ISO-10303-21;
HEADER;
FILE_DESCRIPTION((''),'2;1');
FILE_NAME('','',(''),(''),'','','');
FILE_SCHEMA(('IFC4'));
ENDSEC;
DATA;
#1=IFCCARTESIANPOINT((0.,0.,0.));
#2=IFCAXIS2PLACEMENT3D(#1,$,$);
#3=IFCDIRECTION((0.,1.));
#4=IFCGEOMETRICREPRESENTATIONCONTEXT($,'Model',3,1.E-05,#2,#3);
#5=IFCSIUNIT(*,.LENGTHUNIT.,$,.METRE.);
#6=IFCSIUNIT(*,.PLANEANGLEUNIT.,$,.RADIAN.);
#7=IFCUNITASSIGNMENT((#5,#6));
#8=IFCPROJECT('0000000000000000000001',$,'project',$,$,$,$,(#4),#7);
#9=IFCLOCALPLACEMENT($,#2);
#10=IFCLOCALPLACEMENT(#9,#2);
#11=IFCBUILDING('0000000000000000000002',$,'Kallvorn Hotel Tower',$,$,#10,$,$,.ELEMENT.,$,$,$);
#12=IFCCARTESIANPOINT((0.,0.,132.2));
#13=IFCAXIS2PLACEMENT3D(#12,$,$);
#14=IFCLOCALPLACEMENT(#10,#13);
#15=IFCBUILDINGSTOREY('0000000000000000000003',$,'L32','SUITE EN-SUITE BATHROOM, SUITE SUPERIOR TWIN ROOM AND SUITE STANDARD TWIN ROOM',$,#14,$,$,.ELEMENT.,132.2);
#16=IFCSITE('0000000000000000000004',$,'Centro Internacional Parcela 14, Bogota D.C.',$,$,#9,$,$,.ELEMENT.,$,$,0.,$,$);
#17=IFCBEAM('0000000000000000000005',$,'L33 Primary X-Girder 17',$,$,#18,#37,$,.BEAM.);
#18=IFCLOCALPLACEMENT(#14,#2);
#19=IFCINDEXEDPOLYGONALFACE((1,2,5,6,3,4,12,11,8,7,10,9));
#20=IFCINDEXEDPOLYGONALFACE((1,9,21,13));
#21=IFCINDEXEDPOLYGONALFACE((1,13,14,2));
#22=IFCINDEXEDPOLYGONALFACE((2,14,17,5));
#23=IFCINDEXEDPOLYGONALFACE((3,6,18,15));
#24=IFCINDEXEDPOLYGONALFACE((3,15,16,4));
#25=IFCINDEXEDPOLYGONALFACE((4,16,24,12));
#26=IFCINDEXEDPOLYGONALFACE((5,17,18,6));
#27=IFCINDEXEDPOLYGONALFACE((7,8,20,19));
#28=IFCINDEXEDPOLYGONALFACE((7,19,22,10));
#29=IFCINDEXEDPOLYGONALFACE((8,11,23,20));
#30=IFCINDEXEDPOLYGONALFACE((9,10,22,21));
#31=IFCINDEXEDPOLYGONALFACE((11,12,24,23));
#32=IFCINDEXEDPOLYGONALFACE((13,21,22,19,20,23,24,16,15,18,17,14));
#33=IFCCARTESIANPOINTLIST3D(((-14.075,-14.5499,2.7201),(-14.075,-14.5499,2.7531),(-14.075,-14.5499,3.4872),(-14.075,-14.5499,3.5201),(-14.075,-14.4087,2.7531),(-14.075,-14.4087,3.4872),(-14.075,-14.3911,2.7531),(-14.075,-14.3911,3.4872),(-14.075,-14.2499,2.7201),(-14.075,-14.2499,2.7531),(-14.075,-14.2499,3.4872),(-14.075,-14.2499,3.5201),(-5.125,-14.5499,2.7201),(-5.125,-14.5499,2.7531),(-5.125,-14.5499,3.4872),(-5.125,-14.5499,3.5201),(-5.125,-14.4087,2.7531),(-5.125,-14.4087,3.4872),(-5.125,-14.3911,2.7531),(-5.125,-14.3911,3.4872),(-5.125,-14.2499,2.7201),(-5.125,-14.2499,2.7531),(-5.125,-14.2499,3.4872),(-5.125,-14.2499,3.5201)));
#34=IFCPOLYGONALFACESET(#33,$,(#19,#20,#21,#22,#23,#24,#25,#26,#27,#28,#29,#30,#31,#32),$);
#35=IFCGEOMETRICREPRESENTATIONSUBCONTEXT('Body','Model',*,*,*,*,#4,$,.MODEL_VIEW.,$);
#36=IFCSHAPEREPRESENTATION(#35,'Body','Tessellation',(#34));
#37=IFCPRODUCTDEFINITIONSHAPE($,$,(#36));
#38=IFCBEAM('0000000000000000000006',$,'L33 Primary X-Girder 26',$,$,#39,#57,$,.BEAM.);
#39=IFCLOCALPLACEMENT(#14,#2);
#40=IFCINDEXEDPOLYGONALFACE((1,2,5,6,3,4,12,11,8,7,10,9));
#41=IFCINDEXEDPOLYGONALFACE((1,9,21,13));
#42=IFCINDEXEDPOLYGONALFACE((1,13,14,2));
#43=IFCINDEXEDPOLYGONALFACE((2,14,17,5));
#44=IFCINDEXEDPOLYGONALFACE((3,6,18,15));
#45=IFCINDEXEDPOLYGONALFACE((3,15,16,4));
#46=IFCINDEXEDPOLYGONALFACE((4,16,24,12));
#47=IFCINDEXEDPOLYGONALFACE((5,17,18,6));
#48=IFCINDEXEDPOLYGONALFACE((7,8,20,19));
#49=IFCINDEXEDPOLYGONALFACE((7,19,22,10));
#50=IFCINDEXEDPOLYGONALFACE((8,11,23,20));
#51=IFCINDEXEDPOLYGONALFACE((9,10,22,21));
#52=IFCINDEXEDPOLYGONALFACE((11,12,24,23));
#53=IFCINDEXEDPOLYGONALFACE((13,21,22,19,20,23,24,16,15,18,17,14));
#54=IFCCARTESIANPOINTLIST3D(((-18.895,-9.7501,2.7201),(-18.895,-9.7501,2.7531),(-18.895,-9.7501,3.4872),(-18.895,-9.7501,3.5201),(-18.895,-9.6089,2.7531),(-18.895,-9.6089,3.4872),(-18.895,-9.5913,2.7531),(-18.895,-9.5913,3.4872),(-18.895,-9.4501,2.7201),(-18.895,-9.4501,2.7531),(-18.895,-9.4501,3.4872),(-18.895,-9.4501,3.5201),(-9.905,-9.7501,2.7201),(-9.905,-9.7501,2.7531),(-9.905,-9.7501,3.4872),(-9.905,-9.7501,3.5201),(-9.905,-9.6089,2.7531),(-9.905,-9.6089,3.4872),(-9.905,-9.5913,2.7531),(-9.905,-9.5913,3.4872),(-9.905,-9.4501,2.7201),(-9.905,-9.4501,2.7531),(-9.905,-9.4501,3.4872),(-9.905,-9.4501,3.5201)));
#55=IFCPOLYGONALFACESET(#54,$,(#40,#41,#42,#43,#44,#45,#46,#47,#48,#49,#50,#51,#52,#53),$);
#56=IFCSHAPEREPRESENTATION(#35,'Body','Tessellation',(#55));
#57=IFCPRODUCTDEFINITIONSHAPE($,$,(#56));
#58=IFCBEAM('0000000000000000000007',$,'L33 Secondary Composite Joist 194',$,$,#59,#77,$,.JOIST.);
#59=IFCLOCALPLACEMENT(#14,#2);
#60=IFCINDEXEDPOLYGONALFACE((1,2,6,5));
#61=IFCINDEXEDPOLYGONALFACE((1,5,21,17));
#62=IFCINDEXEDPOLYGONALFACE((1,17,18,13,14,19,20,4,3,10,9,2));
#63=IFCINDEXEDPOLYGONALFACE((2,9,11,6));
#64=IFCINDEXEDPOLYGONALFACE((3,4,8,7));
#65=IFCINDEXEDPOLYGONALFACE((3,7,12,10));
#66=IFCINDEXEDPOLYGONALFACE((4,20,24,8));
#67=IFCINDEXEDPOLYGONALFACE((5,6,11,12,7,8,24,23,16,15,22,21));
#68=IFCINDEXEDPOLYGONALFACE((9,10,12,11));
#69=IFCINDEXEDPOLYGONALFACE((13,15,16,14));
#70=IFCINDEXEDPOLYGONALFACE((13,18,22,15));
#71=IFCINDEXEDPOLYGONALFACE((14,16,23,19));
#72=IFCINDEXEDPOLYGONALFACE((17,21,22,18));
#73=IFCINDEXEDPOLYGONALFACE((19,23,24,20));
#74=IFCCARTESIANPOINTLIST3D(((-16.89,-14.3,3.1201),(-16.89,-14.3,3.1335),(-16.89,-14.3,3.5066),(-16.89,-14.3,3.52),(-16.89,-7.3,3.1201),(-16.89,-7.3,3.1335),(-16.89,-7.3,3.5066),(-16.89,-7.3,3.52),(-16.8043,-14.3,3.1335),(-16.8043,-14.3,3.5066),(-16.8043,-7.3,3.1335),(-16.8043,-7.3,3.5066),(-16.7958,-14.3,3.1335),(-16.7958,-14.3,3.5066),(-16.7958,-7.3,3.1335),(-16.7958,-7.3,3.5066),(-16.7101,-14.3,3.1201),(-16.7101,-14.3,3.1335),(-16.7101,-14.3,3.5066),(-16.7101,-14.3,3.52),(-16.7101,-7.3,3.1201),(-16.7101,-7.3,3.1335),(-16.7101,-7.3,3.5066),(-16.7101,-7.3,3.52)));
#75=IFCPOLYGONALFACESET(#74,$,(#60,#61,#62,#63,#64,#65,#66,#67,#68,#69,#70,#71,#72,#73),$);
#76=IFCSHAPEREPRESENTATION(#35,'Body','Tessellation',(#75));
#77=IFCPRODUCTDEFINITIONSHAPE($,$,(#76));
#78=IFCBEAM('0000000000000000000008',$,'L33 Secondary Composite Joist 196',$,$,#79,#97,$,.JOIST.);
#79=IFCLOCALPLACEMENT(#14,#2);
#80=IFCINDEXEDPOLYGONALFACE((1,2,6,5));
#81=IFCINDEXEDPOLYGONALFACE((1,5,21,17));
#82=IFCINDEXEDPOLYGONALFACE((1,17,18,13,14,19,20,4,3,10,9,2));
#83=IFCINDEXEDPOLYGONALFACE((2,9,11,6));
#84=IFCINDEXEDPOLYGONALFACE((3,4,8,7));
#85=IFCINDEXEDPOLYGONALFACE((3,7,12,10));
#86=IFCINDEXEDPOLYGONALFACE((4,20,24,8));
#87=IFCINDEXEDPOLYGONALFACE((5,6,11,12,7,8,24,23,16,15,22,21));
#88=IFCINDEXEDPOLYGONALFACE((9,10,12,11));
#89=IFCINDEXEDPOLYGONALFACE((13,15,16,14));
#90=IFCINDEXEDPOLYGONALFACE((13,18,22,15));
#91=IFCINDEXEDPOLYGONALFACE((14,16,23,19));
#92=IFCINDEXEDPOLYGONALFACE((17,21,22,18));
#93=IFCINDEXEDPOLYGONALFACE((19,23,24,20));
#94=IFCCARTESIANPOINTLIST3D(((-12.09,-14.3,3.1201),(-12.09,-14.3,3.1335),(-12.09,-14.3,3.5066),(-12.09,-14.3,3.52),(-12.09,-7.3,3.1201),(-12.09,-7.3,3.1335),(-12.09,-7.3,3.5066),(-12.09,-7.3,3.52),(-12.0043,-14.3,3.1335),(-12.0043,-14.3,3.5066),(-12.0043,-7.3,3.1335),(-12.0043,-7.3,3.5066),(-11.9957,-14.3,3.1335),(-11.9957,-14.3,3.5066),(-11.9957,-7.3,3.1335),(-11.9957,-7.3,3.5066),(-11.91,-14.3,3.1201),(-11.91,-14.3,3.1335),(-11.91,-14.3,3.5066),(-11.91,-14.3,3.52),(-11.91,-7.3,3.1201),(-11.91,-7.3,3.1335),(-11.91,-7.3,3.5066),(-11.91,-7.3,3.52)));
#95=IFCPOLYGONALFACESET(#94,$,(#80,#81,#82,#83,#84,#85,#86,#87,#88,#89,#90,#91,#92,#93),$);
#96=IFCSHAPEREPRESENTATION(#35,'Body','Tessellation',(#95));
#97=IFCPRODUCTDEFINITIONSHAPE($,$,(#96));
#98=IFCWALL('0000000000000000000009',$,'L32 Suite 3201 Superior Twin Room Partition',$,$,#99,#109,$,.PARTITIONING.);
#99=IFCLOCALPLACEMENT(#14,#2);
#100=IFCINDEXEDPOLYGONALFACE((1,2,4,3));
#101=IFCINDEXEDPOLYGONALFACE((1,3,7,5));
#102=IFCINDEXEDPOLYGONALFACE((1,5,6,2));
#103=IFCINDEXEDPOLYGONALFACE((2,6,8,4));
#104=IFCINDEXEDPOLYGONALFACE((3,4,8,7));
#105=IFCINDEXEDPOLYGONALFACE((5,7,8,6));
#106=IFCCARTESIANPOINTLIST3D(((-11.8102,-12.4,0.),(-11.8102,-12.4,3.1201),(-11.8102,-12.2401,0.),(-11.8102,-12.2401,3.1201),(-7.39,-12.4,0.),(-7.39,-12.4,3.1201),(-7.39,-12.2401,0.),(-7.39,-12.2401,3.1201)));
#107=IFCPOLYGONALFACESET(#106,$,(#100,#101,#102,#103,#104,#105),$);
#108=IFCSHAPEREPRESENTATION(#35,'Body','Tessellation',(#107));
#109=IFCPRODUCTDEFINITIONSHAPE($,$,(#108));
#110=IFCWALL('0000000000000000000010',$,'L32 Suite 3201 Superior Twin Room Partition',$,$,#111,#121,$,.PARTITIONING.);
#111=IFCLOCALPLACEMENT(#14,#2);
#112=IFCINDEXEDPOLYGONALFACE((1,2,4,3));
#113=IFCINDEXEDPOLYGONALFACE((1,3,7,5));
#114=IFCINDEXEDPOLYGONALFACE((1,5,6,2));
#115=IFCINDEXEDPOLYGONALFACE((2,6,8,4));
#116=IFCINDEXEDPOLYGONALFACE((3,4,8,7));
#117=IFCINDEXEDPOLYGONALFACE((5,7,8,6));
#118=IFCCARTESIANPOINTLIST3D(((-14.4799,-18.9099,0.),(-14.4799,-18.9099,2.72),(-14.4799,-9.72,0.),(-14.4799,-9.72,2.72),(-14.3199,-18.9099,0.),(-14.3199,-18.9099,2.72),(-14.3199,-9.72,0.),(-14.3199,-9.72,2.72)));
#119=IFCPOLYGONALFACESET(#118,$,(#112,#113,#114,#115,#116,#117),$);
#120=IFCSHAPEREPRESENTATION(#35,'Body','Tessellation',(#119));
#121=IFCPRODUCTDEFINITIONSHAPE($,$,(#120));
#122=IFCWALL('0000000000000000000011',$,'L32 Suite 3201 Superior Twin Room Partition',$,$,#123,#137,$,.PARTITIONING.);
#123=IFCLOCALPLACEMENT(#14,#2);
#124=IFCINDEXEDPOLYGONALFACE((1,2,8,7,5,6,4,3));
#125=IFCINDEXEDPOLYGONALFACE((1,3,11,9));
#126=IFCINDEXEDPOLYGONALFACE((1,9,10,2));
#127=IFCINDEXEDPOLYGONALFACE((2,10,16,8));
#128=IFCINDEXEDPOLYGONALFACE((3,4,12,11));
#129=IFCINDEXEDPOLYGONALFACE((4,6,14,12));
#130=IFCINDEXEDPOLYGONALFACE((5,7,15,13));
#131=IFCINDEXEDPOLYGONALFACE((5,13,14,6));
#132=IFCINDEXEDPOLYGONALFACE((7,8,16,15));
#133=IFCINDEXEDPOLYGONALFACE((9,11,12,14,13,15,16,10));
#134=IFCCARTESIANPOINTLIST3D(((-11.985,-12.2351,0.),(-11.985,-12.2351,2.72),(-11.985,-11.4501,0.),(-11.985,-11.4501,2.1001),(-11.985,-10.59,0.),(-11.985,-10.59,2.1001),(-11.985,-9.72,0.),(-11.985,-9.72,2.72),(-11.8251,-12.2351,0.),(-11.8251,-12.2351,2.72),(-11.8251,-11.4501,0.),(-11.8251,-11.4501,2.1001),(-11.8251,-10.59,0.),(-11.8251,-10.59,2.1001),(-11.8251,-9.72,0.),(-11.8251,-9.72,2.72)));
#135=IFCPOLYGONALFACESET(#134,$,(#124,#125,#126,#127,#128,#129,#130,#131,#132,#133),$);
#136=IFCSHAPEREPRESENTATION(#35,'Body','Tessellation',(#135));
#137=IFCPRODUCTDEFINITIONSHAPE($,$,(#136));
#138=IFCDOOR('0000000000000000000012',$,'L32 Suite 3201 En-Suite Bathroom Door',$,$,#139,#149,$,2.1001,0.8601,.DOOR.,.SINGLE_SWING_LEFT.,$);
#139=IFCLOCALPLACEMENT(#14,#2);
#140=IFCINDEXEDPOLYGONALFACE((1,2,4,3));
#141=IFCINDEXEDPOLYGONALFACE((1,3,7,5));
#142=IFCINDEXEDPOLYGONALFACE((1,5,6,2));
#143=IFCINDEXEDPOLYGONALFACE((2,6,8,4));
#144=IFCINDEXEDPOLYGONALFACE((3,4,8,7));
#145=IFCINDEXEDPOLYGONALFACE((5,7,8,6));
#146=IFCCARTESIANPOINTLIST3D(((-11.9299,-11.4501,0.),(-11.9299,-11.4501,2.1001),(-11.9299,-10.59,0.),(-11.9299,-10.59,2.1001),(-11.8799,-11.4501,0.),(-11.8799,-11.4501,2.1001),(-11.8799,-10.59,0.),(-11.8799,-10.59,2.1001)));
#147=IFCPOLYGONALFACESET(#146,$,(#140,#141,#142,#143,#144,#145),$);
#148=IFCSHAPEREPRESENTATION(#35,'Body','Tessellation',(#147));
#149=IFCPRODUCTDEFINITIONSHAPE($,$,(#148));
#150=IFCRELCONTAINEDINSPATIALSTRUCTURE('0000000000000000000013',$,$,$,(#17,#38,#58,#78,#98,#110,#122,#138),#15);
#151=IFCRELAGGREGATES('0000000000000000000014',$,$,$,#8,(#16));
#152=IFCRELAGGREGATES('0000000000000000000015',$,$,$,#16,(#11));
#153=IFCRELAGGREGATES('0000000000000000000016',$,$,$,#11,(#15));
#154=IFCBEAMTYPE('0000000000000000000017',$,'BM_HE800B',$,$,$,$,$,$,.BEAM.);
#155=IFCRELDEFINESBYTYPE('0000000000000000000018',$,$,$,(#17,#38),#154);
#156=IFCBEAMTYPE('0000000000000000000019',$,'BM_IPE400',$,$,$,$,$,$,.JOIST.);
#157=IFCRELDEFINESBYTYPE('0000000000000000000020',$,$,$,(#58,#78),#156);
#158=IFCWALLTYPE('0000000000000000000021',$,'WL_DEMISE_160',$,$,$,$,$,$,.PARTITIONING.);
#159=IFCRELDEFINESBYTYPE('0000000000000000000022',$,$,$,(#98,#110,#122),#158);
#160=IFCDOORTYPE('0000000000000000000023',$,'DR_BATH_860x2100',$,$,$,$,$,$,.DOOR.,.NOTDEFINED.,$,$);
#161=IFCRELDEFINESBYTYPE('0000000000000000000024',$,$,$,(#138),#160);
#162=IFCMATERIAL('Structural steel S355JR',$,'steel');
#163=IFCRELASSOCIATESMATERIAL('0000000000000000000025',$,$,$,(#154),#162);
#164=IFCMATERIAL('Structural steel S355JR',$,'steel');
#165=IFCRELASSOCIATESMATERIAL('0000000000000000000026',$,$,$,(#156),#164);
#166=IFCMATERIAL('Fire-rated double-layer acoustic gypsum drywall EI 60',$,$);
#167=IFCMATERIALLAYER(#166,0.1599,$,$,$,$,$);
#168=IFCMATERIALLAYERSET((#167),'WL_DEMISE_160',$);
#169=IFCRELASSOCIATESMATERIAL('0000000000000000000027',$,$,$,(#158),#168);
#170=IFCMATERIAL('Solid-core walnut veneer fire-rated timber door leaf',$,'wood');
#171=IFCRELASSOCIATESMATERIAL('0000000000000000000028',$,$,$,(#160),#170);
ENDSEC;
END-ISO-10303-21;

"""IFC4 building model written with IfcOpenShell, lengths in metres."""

from ifc_helpers import new_model, si_unit, direction, frame, frame_2d, origin, origin_2d, place, context, subcontext, project, spatial, rectangle, i_section, extrude, material, layer, layer_set, material_profile, profile_set, type_object, element, fill, save


model = new_model("IFC4")

# Units and contexts
model_context = context("Model", 3, precision=1e-05, world=origin(), true_north=direction((0.0, 1.0)))
body_context = subcontext(model_context, "Body", "Model", "MODEL_VIEW")
ifc_project = project(units=[si_unit("LENGTHUNIT", "METRE"), si_unit("PLANEANGLEUNIT", "RADIAN")], contexts=[model_context])

# Site, building, storey
site_placement = place(None, origin())
site = spatial("IfcSite", under=ifc_project, at=site_placement, Name="Centro Internacional Parcela 14, Bogota D.C.", CompositionType="ELEMENT", RefElevation=0.0)
building_placement = place(site_placement, origin())
building = spatial("IfcBuilding", under=site, at=building_placement, Name="Kallvorn Hotel Tower", CompositionType="ELEMENT")
storey_placement = place(building_placement, frame((0.0, 0.0, 132.2)))
storey = spatial("IfcBuildingStorey", under=building, at=storey_placement, Name="L32", Description="SUITE EN-SUITE BATHROOM, SUITE SUPERIOR TWIN ROOM AND SUITE STANDARD TWIN ROOM", CompositionType="ELEMENT", Elevation=132.2)

# Beams
ifc_material_1 = material(Name="Structural steel S355JR", Category="steel")
ifc_material_profile_1 = material_profile(ifc_material_1, i_section(OverallWidth=0.3, OverallDepth=0.8, WebThickness=0.0176, FlangeThickness=0.033, at=origin_2d()), Name="HE 800 B")
ifc_profile_set_1 = profile_set([ifc_material_profile_1], Name="Structural steel S355JR")
beam_type_1 = type_object("IfcBeamType", Name="BM_HE800B", PredefinedType="BEAM", material=ifc_profile_set_1)
beam_1_placement = place(storey_placement, frame((-14.075, -14.3999, 3.1201), z_axis=(1.0, 0.0, 0.0), x_axis=(0.0, 1.0, 0.0)))
element("IfcBeam", 1, at=beam_1_placement, inside=storey, type_object=beam_type_1, Name="L33 Primary X-Girder 17", PredefinedType="BEAM", context=body_context, shape_type="SweptSolid", body=[
    extrude(i_section(OverallWidth=0.3, OverallDepth=0.8, WebThickness=0.0176, FlangeThickness=0.033, at=origin_2d()), origin(), (0.0, 0.0, 1.0), 8.95),
])
beam_2_placement = place(storey_placement, frame((-18.895, -9.6001, 3.1201), z_axis=(1.0, 0.0, 0.0), x_axis=(0.0, 1.0, 0.0)))
element("IfcBeam", 2, at=beam_2_placement, inside=storey, type_object=beam_type_1, Name="L33 Primary X-Girder 26", PredefinedType="BEAM", context=body_context, shape_type="SweptSolid", body=[
    extrude(i_section(OverallWidth=0.3, OverallDepth=0.8, WebThickness=0.0176, FlangeThickness=0.033, at=origin_2d()), origin(), (0.0, 0.0, 1.0), 8.99),
])
ifc_material_2 = material(Name="Structural steel S355JR", Category="steel")
ifc_material_profile_2 = material_profile(ifc_material_2, i_section(OverallWidth=0.1799, OverallDepth=0.3999, WebThickness=0.0085, FlangeThickness=0.0134, at=origin_2d()), Name="IPE 400")
ifc_profile_set_2 = profile_set([ifc_material_profile_2], Name="Structural steel S355JR")
beam_type_2 = type_object("IfcBeamType", Name="BM_IPE400", PredefinedType="JOIST", material=ifc_profile_set_2)
for number, where, z_axis, x_axis, name in (
    (3, (-16.8, -14.3, 3.3201), (0.0, 1.0, 0.0), (-1.0, 0.0, 0.0), "L33 Secondary Composite Joist 194"),
    (4, (-12.0, -14.3, 3.3201), (0.0, 1.0, 0.0), (-1.0, 0.0, 0.0), "L33 Secondary Composite Joist 196"),
):
    element("IfcBeam", number, at=place(storey_placement, frame(where, z_axis=z_axis, x_axis=x_axis)), inside=storey, type_object=beam_type_2, Name=name, PredefinedType="JOIST", context=body_context, shape_type="SweptSolid", body=[
        extrude(i_section(OverallWidth=0.1799, OverallDepth=0.3999, WebThickness=0.0085, FlangeThickness=0.0134, at=origin_2d()), origin(), (0.0, 0.0, 1.0), 7.0),
    ])

# Wall
ifc_material_3 = material(Name="Fire-rated double-layer acoustic gypsum drywall EI 60")
ifc_layer = layer(ifc_material_3, 0.1599)
ifc_layer_set = layer_set([ifc_layer], Name="WL_DEMISE_160")
wall_type = type_object("IfcWallType", Name="WL_DEMISE_160", PredefinedType="PARTITIONING", material=ifc_layer_set)
wall_1_placement = place(storey_placement, frame((-11.8101, -12.3201, 0.0), z_axis=(0.0, 0.0, 1.0), x_axis=(1.0, 0.0, 0.0)))
element("IfcWall", 5, at=wall_1_placement, inside=storey, type_object=wall_type, Name="L32 Suite 3201 Superior Twin Room Partition", PredefinedType="PARTITIONING", context=body_context, shape_type="SweptSolid", body=[
    extrude(rectangle(XDim=4.4202, YDim=0.1599, at=frame_2d((2.21, 0.0))), origin(), (0.0, 0.0, 1.0), 3.1201),
])

# Wall
wall_2_placement = place(storey_placement, frame((-14.3999, -18.9099, 0.0), z_axis=(0.0, 0.0, 1.0), x_axis=(0.0, 1.0, 0.0)))
element("IfcWall", 6, at=wall_2_placement, inside=storey, type_object=wall_type, Name="L32 Suite 3201 Superior Twin Room Partition", PredefinedType="PARTITIONING", context=body_context, shape_type="SweptSolid", body=[
    extrude(rectangle(XDim=9.1899, YDim=0.1599, at=frame_2d((4.595, 0.0))), origin(), (0.0, 0.0, 1.0), 2.72),
])

# Wall, opening, door
wall_3_placement = place(storey_placement, frame((-11.905, -12.2351, 0.0), z_axis=(0.0, 0.0, 1.0), x_axis=(0.0, 1.0, 0.0)))
wall_3 = element("IfcWall", 7, at=wall_3_placement, inside=storey, type_object=wall_type, Name="L32 Suite 3201 Superior Twin Room Partition", PredefinedType="PARTITIONING", context=body_context, shape_type="SweptSolid", body=[
    extrude(rectangle(XDim=2.5151, YDim=0.1599, at=frame_2d((1.2576, 0.0))), origin(), (0.0, 0.0, 1.0), 2.72),
])
opening_1_placement = place(wall_3_placement, frame((0.7849, 0.0, 0.0)))
opening_1 = element("IfcOpeningElement", 8, at=opening_1_placement, cuts=wall_3, PredefinedType="OPENING", context=body_context, shape_type="SweptSolid", body=[
    extrude(rectangle(XDim=0.8601, YDim=2.1001, at=frame_2d((0.4302, 1.05))), frame((0.0, 0.095, 0.0), z_axis=(0.0, -1.0, 0.0), x_axis=(1.0, 0.0, 0.0)), (0.0, 0.0, 1.0), 0.1899),
])
ifc_material_4 = material(Name="Solid-core walnut veneer fire-rated timber door leaf", Category="wood")
door_type_1 = type_object("IfcDoorType", Name="DR_BATH_860x2100", OperationType="NOTDEFINED", PredefinedType="DOOR", material=ifc_material_4)
door_1_placement = place(opening_1_placement, origin())
door_1 = element("IfcDoor", 9, at=door_1_placement, inside=storey, type_object=door_type_1, Name="L32 Suite 3201 En-Suite Bathroom Door", OperationType="SINGLE_SWING_LEFT", OverallHeight=2.1001, OverallWidth=0.8601, PredefinedType="DOOR", context=body_context, shape_type="SweptSolid", body=[
    extrude(rectangle(XDim=0.8601, YDim=2.1001, at=frame_2d((0.4302, 1.05))), frame((0.0, 0.0249, 0.0), z_axis=(0.0, -1.0, 0.0), x_axis=(1.0, 0.0, 0.0)), (0.0, 0.0, 1.0), 0.05),
])
fill(opening_1, door_1)

save(model, "model.ifc")
